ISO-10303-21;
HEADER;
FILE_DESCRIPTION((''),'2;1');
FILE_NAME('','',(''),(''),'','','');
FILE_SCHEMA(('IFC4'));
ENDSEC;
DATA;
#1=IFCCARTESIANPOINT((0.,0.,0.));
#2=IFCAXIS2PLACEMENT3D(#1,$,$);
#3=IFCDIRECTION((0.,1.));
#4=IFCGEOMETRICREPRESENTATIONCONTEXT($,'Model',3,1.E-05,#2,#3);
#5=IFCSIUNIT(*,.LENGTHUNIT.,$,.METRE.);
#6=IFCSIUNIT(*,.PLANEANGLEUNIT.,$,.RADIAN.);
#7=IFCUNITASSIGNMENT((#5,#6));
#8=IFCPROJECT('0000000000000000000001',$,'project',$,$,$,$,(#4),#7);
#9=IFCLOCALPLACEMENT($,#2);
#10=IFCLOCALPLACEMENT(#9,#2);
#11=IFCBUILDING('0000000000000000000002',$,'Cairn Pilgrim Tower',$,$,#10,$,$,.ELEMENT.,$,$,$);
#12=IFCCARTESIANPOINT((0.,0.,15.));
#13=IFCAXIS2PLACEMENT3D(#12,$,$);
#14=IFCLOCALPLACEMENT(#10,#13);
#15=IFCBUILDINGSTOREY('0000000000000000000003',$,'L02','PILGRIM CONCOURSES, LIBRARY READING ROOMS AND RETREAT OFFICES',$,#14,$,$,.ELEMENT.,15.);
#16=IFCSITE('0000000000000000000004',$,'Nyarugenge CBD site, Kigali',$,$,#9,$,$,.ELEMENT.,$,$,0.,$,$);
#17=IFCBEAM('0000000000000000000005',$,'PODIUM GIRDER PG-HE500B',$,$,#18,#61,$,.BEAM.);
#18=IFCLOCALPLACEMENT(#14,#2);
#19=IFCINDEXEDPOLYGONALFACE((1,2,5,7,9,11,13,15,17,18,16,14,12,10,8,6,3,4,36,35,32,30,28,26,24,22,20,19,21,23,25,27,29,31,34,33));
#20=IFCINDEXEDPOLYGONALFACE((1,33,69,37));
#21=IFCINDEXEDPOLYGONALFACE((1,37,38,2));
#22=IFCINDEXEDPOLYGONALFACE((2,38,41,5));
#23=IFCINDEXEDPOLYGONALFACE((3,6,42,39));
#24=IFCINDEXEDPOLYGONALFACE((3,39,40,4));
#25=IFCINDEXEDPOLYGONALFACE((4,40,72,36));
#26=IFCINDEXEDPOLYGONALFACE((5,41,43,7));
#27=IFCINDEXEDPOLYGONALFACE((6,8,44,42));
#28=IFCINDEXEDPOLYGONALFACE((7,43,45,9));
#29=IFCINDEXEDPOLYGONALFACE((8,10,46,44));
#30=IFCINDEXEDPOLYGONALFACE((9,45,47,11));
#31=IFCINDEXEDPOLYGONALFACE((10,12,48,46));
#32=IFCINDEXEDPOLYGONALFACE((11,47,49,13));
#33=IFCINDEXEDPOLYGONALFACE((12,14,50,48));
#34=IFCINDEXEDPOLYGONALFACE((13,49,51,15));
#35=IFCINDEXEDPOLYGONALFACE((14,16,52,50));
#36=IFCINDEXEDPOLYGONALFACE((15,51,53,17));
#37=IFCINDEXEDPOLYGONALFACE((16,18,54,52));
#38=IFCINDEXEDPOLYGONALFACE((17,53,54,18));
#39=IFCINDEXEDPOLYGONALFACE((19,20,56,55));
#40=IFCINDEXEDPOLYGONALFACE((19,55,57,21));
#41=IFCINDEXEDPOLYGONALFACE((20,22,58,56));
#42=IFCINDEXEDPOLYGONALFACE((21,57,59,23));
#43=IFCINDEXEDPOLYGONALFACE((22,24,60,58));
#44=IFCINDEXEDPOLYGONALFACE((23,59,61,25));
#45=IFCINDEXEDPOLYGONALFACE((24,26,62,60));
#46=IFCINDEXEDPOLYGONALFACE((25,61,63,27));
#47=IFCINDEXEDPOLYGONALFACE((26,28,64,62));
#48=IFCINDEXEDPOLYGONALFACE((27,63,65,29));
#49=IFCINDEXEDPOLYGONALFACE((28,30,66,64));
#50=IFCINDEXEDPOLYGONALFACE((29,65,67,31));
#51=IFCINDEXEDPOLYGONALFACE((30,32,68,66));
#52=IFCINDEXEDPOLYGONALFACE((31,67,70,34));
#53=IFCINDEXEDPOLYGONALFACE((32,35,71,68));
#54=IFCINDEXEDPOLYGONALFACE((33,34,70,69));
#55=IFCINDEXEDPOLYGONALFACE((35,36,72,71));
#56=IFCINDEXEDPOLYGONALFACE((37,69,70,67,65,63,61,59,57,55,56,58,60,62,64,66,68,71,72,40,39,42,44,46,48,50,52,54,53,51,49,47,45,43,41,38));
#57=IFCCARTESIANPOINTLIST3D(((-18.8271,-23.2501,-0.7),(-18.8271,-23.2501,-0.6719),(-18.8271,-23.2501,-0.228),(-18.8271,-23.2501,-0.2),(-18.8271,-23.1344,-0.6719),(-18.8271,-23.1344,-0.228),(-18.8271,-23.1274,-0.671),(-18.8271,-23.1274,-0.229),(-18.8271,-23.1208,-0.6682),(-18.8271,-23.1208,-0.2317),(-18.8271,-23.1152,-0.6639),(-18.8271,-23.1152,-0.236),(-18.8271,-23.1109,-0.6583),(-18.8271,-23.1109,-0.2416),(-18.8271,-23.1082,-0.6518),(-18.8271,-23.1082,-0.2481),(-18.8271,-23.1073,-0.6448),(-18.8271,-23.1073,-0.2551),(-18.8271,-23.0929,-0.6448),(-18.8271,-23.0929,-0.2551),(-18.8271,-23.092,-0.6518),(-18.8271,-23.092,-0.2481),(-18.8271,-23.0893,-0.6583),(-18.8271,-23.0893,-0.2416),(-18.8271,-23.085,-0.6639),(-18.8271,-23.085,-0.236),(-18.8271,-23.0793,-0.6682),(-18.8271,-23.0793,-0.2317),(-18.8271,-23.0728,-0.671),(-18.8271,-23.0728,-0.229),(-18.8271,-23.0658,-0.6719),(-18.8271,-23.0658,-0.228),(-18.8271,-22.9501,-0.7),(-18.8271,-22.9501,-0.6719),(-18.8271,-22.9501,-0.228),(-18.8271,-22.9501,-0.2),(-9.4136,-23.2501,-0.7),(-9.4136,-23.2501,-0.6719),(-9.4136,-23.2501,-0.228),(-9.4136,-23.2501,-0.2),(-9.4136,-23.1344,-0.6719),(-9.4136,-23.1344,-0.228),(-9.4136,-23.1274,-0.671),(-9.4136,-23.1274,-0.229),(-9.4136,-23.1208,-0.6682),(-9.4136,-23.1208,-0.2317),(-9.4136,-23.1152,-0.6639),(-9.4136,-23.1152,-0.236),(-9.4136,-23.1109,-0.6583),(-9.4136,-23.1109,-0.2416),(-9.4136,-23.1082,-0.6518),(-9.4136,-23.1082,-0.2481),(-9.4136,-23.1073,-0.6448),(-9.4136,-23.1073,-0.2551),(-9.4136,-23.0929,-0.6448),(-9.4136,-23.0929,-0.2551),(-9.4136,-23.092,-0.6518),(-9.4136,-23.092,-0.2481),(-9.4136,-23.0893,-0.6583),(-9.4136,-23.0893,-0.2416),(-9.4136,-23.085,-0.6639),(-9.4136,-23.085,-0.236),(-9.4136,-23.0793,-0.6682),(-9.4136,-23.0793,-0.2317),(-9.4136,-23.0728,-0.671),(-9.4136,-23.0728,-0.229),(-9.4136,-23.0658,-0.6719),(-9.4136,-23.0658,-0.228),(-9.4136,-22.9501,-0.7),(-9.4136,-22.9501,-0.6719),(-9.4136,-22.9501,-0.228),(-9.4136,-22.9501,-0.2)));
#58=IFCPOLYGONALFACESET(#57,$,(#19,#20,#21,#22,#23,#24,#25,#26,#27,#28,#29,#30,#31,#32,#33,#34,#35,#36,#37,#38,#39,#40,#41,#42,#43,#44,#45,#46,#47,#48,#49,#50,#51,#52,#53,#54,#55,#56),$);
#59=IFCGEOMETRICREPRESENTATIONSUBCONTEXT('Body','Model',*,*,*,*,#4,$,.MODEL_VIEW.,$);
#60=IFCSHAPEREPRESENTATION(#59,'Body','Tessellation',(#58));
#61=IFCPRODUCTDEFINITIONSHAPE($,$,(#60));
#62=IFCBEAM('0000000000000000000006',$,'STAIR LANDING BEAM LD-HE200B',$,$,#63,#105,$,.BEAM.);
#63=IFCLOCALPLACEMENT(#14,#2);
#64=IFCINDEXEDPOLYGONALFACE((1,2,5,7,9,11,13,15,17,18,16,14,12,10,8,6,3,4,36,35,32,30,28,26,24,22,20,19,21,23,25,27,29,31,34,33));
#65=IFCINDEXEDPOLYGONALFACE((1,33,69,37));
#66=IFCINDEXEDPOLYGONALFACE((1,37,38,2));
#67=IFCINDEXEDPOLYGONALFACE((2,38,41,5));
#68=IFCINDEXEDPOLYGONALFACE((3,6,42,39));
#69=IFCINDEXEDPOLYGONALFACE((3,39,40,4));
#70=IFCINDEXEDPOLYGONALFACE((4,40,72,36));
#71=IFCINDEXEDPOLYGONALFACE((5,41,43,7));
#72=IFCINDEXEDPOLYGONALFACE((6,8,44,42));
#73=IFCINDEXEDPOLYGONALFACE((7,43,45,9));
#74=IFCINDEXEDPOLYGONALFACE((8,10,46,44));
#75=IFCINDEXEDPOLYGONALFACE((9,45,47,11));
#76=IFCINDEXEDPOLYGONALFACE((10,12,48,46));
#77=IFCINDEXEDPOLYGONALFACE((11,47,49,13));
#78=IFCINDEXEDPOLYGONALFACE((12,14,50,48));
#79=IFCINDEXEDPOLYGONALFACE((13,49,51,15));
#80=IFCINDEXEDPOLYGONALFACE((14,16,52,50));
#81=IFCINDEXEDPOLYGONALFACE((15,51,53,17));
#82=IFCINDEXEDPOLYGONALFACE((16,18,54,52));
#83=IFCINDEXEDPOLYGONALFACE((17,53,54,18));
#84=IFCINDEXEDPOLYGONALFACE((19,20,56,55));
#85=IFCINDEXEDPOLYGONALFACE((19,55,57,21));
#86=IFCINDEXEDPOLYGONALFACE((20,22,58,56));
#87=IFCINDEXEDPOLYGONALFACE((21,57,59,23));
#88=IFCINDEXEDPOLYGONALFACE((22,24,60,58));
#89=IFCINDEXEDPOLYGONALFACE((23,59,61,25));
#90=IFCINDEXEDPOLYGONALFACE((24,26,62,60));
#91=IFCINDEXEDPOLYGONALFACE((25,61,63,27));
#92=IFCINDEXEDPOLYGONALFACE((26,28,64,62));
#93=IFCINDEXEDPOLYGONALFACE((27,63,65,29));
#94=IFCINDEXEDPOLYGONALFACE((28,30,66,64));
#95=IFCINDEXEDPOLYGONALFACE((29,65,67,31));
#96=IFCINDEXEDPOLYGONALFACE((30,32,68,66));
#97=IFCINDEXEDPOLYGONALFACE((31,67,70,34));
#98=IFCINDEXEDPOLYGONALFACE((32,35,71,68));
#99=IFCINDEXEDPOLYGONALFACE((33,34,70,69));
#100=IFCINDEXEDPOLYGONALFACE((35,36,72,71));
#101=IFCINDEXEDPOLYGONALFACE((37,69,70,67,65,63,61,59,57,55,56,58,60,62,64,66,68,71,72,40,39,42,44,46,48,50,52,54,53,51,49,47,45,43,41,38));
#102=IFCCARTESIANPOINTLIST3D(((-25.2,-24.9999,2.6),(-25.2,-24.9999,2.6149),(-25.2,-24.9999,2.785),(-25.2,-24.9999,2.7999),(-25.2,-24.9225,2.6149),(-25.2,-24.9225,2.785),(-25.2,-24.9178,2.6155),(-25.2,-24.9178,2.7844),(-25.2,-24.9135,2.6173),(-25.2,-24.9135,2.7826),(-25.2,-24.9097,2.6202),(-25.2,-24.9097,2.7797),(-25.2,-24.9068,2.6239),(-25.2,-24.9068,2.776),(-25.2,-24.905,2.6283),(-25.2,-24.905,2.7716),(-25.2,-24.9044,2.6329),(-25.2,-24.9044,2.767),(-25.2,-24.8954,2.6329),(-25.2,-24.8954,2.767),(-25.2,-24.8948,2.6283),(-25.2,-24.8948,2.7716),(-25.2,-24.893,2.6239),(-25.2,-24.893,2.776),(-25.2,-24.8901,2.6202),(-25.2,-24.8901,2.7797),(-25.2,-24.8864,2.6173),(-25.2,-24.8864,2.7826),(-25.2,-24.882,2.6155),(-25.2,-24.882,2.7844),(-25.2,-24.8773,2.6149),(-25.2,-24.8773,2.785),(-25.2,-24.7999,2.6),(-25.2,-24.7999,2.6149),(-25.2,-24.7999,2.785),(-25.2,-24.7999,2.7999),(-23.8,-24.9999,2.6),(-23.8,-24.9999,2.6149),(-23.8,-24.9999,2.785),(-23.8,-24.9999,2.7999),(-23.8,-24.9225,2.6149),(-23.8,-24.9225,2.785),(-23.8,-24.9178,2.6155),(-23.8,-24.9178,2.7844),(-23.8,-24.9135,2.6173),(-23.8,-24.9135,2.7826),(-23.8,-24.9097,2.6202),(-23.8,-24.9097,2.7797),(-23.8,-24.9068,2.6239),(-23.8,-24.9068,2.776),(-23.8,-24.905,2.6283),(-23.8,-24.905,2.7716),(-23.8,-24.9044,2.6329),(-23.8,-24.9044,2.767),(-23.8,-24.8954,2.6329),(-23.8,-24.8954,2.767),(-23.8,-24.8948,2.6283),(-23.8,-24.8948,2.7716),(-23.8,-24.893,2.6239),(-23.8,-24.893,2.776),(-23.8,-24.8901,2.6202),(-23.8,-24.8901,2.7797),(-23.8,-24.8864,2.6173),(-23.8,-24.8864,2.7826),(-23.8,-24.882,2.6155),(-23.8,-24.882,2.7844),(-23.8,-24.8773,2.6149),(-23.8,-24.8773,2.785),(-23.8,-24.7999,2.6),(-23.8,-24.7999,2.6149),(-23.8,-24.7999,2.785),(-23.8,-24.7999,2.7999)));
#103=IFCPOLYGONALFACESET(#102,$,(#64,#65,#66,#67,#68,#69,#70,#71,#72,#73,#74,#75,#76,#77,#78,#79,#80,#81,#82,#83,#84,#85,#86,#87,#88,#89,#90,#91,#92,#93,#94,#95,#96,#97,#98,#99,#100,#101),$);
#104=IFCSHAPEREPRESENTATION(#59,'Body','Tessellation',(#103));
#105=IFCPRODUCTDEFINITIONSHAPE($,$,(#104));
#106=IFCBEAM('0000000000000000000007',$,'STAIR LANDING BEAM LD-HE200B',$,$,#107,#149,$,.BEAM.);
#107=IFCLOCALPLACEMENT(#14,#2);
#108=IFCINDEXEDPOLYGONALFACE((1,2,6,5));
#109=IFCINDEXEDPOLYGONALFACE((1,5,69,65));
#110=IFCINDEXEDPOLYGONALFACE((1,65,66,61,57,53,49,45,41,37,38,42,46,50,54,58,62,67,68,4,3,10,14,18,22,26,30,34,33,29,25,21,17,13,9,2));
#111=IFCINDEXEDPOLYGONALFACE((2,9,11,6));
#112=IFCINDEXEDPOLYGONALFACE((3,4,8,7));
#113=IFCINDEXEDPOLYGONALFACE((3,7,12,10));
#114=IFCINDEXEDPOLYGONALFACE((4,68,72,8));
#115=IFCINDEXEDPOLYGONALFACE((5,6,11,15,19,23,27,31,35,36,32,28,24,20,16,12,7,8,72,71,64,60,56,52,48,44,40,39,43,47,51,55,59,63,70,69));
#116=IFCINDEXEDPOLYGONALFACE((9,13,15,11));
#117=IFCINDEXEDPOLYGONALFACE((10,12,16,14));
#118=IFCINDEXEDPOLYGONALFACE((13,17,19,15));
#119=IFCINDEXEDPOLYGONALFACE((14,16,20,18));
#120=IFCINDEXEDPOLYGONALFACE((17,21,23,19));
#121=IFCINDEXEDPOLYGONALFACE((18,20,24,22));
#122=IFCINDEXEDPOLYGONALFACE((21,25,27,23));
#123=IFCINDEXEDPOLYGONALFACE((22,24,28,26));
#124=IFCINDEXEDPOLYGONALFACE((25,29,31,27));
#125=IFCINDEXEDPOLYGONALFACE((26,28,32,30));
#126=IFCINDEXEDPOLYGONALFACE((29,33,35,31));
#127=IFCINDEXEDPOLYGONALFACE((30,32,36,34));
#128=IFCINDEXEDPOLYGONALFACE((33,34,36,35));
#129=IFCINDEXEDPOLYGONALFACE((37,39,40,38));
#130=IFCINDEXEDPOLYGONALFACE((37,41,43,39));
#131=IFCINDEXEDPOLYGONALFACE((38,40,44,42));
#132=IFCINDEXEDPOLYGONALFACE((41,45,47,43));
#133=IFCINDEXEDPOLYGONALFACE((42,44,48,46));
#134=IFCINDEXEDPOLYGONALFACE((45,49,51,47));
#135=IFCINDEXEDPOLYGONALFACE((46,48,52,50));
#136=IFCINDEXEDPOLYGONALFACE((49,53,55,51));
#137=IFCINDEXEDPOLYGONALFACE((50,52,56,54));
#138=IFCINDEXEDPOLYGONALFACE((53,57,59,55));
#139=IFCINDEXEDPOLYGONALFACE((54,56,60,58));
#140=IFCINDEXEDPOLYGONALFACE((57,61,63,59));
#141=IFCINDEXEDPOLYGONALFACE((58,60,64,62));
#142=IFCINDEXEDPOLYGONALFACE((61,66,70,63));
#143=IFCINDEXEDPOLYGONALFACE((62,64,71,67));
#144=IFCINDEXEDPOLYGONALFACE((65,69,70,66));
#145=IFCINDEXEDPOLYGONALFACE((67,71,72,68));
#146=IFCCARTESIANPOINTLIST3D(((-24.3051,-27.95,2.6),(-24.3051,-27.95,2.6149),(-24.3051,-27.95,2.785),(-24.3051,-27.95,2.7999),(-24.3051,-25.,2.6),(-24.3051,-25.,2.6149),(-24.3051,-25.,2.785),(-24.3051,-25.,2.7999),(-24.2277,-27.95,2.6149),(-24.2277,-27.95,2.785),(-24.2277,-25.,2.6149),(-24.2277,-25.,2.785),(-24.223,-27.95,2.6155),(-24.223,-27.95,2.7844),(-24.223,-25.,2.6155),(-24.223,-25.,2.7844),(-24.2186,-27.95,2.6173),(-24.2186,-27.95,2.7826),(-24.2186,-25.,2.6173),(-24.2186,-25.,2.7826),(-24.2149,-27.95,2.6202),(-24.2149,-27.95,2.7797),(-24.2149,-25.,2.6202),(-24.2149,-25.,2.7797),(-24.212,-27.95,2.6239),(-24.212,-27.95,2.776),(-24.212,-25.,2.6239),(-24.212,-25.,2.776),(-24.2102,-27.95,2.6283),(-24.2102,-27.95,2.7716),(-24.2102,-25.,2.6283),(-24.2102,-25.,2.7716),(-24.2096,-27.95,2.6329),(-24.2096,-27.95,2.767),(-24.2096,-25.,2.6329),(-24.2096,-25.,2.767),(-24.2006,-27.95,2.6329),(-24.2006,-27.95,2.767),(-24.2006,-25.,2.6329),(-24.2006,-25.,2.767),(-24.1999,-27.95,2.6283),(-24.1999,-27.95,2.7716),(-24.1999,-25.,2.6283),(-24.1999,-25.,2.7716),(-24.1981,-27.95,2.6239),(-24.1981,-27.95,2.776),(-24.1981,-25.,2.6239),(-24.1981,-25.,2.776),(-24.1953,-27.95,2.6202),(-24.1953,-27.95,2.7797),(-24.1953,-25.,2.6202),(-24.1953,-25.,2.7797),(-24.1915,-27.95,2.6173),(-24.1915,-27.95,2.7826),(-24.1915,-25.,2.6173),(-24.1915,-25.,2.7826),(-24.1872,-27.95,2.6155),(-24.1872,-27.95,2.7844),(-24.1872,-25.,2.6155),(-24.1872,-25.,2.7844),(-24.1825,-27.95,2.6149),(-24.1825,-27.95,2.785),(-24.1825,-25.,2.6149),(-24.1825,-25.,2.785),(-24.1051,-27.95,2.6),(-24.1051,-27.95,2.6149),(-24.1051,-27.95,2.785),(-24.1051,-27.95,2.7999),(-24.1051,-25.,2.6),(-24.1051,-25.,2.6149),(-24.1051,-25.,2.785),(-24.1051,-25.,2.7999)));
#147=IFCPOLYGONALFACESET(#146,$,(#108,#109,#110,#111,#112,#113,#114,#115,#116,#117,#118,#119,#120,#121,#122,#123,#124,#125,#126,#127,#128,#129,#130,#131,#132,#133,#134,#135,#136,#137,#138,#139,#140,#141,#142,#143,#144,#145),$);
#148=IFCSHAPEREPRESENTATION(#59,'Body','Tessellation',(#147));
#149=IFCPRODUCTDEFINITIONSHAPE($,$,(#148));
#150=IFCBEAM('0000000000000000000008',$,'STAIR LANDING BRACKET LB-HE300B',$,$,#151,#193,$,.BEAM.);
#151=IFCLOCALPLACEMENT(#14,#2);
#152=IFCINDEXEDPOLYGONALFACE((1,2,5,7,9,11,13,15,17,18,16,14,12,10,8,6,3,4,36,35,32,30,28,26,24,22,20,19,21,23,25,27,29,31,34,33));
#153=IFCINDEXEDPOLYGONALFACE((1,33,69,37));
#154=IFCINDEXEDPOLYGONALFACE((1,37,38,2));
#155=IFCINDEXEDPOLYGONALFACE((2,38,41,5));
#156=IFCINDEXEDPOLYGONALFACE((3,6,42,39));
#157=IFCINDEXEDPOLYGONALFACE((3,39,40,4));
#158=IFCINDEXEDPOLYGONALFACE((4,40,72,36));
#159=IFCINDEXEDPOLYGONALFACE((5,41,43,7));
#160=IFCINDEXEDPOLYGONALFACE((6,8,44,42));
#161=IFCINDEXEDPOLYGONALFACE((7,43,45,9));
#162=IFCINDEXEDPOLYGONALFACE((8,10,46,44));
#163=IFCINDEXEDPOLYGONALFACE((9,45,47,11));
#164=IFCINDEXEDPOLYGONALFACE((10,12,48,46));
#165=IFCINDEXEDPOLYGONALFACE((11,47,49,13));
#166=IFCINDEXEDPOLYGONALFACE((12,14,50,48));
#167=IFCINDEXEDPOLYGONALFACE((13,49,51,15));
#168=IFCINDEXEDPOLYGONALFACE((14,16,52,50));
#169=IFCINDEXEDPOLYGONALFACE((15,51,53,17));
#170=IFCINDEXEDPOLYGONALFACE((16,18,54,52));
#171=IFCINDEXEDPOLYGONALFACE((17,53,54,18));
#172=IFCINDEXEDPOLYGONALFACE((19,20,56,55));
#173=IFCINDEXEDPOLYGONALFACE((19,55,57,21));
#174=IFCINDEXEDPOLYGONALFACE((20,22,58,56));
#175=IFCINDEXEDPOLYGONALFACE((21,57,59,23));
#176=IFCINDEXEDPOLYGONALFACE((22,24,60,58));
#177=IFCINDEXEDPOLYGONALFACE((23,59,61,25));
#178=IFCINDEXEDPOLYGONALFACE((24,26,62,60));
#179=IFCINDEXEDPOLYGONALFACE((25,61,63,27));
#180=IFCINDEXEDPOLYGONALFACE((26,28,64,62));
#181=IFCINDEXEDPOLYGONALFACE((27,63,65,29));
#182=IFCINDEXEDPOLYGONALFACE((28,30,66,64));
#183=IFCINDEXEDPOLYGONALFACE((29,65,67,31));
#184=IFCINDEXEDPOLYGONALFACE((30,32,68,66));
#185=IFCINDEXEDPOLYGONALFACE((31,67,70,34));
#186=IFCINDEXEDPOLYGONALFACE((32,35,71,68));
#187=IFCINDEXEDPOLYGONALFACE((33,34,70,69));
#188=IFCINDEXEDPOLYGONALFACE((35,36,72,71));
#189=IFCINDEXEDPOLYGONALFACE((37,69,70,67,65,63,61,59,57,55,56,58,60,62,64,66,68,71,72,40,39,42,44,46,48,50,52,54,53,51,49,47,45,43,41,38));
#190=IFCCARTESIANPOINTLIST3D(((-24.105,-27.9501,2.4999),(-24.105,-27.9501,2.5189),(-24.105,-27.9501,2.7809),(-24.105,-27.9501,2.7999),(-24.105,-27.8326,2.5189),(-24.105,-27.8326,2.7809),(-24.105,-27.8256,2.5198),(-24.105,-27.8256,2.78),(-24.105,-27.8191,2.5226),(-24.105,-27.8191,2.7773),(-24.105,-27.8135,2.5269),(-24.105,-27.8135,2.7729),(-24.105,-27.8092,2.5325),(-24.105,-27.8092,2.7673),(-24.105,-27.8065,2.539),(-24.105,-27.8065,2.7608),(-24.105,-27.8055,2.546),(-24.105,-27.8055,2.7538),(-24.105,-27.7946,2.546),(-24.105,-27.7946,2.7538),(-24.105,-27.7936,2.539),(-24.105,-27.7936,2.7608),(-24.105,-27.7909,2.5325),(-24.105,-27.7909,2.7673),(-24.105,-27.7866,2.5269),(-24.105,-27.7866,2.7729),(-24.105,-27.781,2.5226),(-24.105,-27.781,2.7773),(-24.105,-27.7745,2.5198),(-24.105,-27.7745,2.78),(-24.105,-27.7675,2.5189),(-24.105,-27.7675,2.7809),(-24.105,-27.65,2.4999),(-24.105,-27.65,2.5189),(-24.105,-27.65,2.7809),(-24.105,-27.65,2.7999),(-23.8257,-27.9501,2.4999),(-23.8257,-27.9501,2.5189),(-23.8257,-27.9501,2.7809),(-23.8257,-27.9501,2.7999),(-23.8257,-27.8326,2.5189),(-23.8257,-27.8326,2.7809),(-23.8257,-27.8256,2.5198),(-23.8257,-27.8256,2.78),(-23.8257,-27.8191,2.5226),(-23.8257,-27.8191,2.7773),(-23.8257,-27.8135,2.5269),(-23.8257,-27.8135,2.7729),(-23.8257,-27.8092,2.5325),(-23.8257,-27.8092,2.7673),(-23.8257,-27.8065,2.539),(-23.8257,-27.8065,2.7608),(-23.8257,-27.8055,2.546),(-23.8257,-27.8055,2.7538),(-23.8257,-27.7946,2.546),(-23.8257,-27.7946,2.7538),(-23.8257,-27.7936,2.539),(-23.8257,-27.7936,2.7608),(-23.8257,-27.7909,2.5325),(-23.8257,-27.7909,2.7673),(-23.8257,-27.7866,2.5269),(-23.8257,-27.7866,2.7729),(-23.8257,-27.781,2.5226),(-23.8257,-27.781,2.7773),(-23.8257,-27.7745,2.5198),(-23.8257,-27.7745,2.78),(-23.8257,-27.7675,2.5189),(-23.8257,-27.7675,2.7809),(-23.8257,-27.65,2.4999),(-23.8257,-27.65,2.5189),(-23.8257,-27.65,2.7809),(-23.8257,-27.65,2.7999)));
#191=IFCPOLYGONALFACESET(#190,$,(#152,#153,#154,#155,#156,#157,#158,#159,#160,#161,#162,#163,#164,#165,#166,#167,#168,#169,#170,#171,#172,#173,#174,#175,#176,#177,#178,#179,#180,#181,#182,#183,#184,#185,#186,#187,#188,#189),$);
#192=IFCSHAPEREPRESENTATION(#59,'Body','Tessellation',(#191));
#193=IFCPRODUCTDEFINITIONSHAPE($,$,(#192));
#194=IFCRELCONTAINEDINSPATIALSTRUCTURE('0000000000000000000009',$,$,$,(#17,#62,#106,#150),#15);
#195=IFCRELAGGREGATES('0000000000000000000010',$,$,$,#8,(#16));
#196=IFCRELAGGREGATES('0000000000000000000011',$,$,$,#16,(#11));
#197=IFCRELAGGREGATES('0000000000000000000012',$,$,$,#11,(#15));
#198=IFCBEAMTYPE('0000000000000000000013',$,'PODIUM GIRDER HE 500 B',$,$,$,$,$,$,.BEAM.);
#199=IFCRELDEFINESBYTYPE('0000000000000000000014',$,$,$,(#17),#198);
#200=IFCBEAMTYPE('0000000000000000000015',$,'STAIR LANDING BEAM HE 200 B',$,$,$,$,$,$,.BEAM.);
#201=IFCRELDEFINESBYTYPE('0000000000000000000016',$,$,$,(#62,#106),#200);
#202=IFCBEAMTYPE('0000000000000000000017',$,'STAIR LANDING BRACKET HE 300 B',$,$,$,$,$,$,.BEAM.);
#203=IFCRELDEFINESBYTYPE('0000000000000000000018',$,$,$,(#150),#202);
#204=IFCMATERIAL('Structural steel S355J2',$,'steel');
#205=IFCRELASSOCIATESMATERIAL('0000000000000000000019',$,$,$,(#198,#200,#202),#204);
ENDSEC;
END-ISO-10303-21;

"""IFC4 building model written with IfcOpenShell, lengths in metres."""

from ifc_helpers import new_model, si_unit, direction, frame, origin, origin_2d, place, context, subcontext, project, spatial, i_section, extrude, material, material_profile, profile_set, type_object, element, save


model = new_model("IFC4")

# Units and contexts
model_context = context("Model", 3, precision=1e-05, world=origin(), true_north=direction((0.0, 1.0)))
body_context = subcontext(model_context, "Body", "Model", "MODEL_VIEW")
ifc_project = project(units=[si_unit("LENGTHUNIT", "METRE"), si_unit("PLANEANGLEUNIT", "RADIAN")], contexts=[model_context])

# Site, building, storey
site_placement = place(None, origin())
site = spatial("IfcSite", under=ifc_project, at=site_placement, Name="Nyarugenge CBD site, Kigali", CompositionType="ELEMENT", RefElevation=0.0)
building_placement = place(site_placement, origin())
building = spatial("IfcBuilding", under=site, at=building_placement, Name="Cairn Pilgrim Tower", CompositionType="ELEMENT")
storey_placement = place(building_placement, frame((0.0, 0.0, 15.0)))
storey = spatial("IfcBuildingStorey", under=building, at=storey_placement, Name="L02", Description="PILGRIM CONCOURSES, LIBRARY READING ROOMS AND RETREAT OFFICES", CompositionType="ELEMENT", Elevation=15.0)

# Shared definitions
ifc_material_1 = material(Name="Structural steel S355J2", Category="steel")

# Beams
ifc_material_profile_1 = material_profile(ifc_material_1, i_section(OverallWidth=0.3, OverallDepth=0.5, WebThickness=0.0144, FlangeThickness=0.0281, FilletRadius=0.0271, at=origin_2d()), Name="HEB 500")
ifc_profile_set_1 = profile_set([ifc_material_profile_1], Name="Structural steel S355J2")
beam_type_1 = type_object("IfcBeamType", Name="PODIUM GIRDER HE 500 B", PredefinedType="BEAM", material=ifc_profile_set_1)
beam_1_placement = place(storey_placement, frame((-18.8271, -23.1001, -0.45), z_axis=(1.0, 0.0, 0.0), x_axis=(0.0, 1.0, 0.0)))
element("IfcBeam", 1, at=beam_1_placement, inside=storey, type_object=beam_type_1, Name="PODIUM GIRDER PG-HE500B", PredefinedType="BEAM", context=body_context, shape_type="SweptSolid", body=[
    extrude(i_section(OverallWidth=0.3, OverallDepth=0.5, WebThickness=0.0144, FlangeThickness=0.0281, FilletRadius=0.0271, at=origin_2d()), origin(), (0.0, 0.0, 1.0), 9.4136),
])
ifc_material_profile_2 = material_profile(ifc_material_1, i_section(OverallWidth=0.2, OverallDepth=0.2, WebThickness=0.009, FlangeThickness=0.0149, FilletRadius=0.0181, at=origin_2d()), Name="HE 200 B")
ifc_profile_set_2 = profile_set([ifc_material_profile_2], Name="Structural steel S355J2")
beam_type_2 = type_object("IfcBeamType", Name="STAIR LANDING BEAM HE 200 B", PredefinedType="BEAM", material=ifc_profile_set_2)
beam_2_placement = place(storey_placement, frame((-23.8, -24.8999, 2.7), z_axis=(-1.0, 0.0, 0.0), x_axis=(0.0, -1.0, 0.0)))
element("IfcBeam", 2, at=beam_2_placement, inside=storey, type_object=beam_type_2, Name="STAIR LANDING BEAM LD-HE200B", PredefinedType="BEAM", context=body_context, shape_type="SweptSolid", body=[
    extrude(i_section(OverallWidth=0.2, OverallDepth=0.2, WebThickness=0.009, FlangeThickness=0.0149, FilletRadius=0.0181, at=origin_2d()), origin(), (0.0, 0.0, 1.0), 1.3999),
])
beam_3_placement = place(storey_placement, frame((-24.2051, -27.95, 2.7), z_axis=(0.0, 1.0, 0.0), x_axis=(-1.0, 0.0, 0.0)))
element("IfcBeam", 3, at=beam_3_placement, inside=storey, type_object=beam_type_2, Name="STAIR LANDING BEAM LD-HE200B", PredefinedType="BEAM", context=body_context, shape_type="SweptSolid", body=[
    extrude(i_section(OverallWidth=0.2, OverallDepth=0.2, WebThickness=0.009, FlangeThickness=0.0149, FilletRadius=0.0181, at=origin_2d()), origin(), (0.0, 0.0, 1.0), 2.95),
])
ifc_material_profile_3 = material_profile(ifc_material_1, i_section(OverallWidth=0.3, OverallDepth=0.3, WebThickness=0.011, FlangeThickness=0.019, FilletRadius=0.0271, at=origin_2d()), Name="HE 300 B")
ifc_profile_set_3 = profile_set([ifc_material_profile_3], Name="Structural steel S355J2")
beam_type_3 = type_object("IfcBeamType", Name="STAIR LANDING BRACKET HE 300 B", PredefinedType="BEAM", material=ifc_profile_set_3)
beam_4_placement = place(storey_placement, frame((-23.8257, -27.8, 2.6499), z_axis=(-1.0, 0.0, 0.0), x_axis=(0.0, -1.0, 0.0)))
element("IfcBeam", 4, at=beam_4_placement, inside=storey, type_object=beam_type_3, Name="STAIR LANDING BRACKET LB-HE300B", PredefinedType="BEAM", context=body_context, shape_type="SweptSolid", body=[
    extrude(i_section(OverallWidth=0.3, OverallDepth=0.3, WebThickness=0.011, FlangeThickness=0.019, FilletRadius=0.0271, at=origin_2d()), origin(), (0.0, 0.0, 1.0), 0.2793),
])

save(model, "model.ifc")
